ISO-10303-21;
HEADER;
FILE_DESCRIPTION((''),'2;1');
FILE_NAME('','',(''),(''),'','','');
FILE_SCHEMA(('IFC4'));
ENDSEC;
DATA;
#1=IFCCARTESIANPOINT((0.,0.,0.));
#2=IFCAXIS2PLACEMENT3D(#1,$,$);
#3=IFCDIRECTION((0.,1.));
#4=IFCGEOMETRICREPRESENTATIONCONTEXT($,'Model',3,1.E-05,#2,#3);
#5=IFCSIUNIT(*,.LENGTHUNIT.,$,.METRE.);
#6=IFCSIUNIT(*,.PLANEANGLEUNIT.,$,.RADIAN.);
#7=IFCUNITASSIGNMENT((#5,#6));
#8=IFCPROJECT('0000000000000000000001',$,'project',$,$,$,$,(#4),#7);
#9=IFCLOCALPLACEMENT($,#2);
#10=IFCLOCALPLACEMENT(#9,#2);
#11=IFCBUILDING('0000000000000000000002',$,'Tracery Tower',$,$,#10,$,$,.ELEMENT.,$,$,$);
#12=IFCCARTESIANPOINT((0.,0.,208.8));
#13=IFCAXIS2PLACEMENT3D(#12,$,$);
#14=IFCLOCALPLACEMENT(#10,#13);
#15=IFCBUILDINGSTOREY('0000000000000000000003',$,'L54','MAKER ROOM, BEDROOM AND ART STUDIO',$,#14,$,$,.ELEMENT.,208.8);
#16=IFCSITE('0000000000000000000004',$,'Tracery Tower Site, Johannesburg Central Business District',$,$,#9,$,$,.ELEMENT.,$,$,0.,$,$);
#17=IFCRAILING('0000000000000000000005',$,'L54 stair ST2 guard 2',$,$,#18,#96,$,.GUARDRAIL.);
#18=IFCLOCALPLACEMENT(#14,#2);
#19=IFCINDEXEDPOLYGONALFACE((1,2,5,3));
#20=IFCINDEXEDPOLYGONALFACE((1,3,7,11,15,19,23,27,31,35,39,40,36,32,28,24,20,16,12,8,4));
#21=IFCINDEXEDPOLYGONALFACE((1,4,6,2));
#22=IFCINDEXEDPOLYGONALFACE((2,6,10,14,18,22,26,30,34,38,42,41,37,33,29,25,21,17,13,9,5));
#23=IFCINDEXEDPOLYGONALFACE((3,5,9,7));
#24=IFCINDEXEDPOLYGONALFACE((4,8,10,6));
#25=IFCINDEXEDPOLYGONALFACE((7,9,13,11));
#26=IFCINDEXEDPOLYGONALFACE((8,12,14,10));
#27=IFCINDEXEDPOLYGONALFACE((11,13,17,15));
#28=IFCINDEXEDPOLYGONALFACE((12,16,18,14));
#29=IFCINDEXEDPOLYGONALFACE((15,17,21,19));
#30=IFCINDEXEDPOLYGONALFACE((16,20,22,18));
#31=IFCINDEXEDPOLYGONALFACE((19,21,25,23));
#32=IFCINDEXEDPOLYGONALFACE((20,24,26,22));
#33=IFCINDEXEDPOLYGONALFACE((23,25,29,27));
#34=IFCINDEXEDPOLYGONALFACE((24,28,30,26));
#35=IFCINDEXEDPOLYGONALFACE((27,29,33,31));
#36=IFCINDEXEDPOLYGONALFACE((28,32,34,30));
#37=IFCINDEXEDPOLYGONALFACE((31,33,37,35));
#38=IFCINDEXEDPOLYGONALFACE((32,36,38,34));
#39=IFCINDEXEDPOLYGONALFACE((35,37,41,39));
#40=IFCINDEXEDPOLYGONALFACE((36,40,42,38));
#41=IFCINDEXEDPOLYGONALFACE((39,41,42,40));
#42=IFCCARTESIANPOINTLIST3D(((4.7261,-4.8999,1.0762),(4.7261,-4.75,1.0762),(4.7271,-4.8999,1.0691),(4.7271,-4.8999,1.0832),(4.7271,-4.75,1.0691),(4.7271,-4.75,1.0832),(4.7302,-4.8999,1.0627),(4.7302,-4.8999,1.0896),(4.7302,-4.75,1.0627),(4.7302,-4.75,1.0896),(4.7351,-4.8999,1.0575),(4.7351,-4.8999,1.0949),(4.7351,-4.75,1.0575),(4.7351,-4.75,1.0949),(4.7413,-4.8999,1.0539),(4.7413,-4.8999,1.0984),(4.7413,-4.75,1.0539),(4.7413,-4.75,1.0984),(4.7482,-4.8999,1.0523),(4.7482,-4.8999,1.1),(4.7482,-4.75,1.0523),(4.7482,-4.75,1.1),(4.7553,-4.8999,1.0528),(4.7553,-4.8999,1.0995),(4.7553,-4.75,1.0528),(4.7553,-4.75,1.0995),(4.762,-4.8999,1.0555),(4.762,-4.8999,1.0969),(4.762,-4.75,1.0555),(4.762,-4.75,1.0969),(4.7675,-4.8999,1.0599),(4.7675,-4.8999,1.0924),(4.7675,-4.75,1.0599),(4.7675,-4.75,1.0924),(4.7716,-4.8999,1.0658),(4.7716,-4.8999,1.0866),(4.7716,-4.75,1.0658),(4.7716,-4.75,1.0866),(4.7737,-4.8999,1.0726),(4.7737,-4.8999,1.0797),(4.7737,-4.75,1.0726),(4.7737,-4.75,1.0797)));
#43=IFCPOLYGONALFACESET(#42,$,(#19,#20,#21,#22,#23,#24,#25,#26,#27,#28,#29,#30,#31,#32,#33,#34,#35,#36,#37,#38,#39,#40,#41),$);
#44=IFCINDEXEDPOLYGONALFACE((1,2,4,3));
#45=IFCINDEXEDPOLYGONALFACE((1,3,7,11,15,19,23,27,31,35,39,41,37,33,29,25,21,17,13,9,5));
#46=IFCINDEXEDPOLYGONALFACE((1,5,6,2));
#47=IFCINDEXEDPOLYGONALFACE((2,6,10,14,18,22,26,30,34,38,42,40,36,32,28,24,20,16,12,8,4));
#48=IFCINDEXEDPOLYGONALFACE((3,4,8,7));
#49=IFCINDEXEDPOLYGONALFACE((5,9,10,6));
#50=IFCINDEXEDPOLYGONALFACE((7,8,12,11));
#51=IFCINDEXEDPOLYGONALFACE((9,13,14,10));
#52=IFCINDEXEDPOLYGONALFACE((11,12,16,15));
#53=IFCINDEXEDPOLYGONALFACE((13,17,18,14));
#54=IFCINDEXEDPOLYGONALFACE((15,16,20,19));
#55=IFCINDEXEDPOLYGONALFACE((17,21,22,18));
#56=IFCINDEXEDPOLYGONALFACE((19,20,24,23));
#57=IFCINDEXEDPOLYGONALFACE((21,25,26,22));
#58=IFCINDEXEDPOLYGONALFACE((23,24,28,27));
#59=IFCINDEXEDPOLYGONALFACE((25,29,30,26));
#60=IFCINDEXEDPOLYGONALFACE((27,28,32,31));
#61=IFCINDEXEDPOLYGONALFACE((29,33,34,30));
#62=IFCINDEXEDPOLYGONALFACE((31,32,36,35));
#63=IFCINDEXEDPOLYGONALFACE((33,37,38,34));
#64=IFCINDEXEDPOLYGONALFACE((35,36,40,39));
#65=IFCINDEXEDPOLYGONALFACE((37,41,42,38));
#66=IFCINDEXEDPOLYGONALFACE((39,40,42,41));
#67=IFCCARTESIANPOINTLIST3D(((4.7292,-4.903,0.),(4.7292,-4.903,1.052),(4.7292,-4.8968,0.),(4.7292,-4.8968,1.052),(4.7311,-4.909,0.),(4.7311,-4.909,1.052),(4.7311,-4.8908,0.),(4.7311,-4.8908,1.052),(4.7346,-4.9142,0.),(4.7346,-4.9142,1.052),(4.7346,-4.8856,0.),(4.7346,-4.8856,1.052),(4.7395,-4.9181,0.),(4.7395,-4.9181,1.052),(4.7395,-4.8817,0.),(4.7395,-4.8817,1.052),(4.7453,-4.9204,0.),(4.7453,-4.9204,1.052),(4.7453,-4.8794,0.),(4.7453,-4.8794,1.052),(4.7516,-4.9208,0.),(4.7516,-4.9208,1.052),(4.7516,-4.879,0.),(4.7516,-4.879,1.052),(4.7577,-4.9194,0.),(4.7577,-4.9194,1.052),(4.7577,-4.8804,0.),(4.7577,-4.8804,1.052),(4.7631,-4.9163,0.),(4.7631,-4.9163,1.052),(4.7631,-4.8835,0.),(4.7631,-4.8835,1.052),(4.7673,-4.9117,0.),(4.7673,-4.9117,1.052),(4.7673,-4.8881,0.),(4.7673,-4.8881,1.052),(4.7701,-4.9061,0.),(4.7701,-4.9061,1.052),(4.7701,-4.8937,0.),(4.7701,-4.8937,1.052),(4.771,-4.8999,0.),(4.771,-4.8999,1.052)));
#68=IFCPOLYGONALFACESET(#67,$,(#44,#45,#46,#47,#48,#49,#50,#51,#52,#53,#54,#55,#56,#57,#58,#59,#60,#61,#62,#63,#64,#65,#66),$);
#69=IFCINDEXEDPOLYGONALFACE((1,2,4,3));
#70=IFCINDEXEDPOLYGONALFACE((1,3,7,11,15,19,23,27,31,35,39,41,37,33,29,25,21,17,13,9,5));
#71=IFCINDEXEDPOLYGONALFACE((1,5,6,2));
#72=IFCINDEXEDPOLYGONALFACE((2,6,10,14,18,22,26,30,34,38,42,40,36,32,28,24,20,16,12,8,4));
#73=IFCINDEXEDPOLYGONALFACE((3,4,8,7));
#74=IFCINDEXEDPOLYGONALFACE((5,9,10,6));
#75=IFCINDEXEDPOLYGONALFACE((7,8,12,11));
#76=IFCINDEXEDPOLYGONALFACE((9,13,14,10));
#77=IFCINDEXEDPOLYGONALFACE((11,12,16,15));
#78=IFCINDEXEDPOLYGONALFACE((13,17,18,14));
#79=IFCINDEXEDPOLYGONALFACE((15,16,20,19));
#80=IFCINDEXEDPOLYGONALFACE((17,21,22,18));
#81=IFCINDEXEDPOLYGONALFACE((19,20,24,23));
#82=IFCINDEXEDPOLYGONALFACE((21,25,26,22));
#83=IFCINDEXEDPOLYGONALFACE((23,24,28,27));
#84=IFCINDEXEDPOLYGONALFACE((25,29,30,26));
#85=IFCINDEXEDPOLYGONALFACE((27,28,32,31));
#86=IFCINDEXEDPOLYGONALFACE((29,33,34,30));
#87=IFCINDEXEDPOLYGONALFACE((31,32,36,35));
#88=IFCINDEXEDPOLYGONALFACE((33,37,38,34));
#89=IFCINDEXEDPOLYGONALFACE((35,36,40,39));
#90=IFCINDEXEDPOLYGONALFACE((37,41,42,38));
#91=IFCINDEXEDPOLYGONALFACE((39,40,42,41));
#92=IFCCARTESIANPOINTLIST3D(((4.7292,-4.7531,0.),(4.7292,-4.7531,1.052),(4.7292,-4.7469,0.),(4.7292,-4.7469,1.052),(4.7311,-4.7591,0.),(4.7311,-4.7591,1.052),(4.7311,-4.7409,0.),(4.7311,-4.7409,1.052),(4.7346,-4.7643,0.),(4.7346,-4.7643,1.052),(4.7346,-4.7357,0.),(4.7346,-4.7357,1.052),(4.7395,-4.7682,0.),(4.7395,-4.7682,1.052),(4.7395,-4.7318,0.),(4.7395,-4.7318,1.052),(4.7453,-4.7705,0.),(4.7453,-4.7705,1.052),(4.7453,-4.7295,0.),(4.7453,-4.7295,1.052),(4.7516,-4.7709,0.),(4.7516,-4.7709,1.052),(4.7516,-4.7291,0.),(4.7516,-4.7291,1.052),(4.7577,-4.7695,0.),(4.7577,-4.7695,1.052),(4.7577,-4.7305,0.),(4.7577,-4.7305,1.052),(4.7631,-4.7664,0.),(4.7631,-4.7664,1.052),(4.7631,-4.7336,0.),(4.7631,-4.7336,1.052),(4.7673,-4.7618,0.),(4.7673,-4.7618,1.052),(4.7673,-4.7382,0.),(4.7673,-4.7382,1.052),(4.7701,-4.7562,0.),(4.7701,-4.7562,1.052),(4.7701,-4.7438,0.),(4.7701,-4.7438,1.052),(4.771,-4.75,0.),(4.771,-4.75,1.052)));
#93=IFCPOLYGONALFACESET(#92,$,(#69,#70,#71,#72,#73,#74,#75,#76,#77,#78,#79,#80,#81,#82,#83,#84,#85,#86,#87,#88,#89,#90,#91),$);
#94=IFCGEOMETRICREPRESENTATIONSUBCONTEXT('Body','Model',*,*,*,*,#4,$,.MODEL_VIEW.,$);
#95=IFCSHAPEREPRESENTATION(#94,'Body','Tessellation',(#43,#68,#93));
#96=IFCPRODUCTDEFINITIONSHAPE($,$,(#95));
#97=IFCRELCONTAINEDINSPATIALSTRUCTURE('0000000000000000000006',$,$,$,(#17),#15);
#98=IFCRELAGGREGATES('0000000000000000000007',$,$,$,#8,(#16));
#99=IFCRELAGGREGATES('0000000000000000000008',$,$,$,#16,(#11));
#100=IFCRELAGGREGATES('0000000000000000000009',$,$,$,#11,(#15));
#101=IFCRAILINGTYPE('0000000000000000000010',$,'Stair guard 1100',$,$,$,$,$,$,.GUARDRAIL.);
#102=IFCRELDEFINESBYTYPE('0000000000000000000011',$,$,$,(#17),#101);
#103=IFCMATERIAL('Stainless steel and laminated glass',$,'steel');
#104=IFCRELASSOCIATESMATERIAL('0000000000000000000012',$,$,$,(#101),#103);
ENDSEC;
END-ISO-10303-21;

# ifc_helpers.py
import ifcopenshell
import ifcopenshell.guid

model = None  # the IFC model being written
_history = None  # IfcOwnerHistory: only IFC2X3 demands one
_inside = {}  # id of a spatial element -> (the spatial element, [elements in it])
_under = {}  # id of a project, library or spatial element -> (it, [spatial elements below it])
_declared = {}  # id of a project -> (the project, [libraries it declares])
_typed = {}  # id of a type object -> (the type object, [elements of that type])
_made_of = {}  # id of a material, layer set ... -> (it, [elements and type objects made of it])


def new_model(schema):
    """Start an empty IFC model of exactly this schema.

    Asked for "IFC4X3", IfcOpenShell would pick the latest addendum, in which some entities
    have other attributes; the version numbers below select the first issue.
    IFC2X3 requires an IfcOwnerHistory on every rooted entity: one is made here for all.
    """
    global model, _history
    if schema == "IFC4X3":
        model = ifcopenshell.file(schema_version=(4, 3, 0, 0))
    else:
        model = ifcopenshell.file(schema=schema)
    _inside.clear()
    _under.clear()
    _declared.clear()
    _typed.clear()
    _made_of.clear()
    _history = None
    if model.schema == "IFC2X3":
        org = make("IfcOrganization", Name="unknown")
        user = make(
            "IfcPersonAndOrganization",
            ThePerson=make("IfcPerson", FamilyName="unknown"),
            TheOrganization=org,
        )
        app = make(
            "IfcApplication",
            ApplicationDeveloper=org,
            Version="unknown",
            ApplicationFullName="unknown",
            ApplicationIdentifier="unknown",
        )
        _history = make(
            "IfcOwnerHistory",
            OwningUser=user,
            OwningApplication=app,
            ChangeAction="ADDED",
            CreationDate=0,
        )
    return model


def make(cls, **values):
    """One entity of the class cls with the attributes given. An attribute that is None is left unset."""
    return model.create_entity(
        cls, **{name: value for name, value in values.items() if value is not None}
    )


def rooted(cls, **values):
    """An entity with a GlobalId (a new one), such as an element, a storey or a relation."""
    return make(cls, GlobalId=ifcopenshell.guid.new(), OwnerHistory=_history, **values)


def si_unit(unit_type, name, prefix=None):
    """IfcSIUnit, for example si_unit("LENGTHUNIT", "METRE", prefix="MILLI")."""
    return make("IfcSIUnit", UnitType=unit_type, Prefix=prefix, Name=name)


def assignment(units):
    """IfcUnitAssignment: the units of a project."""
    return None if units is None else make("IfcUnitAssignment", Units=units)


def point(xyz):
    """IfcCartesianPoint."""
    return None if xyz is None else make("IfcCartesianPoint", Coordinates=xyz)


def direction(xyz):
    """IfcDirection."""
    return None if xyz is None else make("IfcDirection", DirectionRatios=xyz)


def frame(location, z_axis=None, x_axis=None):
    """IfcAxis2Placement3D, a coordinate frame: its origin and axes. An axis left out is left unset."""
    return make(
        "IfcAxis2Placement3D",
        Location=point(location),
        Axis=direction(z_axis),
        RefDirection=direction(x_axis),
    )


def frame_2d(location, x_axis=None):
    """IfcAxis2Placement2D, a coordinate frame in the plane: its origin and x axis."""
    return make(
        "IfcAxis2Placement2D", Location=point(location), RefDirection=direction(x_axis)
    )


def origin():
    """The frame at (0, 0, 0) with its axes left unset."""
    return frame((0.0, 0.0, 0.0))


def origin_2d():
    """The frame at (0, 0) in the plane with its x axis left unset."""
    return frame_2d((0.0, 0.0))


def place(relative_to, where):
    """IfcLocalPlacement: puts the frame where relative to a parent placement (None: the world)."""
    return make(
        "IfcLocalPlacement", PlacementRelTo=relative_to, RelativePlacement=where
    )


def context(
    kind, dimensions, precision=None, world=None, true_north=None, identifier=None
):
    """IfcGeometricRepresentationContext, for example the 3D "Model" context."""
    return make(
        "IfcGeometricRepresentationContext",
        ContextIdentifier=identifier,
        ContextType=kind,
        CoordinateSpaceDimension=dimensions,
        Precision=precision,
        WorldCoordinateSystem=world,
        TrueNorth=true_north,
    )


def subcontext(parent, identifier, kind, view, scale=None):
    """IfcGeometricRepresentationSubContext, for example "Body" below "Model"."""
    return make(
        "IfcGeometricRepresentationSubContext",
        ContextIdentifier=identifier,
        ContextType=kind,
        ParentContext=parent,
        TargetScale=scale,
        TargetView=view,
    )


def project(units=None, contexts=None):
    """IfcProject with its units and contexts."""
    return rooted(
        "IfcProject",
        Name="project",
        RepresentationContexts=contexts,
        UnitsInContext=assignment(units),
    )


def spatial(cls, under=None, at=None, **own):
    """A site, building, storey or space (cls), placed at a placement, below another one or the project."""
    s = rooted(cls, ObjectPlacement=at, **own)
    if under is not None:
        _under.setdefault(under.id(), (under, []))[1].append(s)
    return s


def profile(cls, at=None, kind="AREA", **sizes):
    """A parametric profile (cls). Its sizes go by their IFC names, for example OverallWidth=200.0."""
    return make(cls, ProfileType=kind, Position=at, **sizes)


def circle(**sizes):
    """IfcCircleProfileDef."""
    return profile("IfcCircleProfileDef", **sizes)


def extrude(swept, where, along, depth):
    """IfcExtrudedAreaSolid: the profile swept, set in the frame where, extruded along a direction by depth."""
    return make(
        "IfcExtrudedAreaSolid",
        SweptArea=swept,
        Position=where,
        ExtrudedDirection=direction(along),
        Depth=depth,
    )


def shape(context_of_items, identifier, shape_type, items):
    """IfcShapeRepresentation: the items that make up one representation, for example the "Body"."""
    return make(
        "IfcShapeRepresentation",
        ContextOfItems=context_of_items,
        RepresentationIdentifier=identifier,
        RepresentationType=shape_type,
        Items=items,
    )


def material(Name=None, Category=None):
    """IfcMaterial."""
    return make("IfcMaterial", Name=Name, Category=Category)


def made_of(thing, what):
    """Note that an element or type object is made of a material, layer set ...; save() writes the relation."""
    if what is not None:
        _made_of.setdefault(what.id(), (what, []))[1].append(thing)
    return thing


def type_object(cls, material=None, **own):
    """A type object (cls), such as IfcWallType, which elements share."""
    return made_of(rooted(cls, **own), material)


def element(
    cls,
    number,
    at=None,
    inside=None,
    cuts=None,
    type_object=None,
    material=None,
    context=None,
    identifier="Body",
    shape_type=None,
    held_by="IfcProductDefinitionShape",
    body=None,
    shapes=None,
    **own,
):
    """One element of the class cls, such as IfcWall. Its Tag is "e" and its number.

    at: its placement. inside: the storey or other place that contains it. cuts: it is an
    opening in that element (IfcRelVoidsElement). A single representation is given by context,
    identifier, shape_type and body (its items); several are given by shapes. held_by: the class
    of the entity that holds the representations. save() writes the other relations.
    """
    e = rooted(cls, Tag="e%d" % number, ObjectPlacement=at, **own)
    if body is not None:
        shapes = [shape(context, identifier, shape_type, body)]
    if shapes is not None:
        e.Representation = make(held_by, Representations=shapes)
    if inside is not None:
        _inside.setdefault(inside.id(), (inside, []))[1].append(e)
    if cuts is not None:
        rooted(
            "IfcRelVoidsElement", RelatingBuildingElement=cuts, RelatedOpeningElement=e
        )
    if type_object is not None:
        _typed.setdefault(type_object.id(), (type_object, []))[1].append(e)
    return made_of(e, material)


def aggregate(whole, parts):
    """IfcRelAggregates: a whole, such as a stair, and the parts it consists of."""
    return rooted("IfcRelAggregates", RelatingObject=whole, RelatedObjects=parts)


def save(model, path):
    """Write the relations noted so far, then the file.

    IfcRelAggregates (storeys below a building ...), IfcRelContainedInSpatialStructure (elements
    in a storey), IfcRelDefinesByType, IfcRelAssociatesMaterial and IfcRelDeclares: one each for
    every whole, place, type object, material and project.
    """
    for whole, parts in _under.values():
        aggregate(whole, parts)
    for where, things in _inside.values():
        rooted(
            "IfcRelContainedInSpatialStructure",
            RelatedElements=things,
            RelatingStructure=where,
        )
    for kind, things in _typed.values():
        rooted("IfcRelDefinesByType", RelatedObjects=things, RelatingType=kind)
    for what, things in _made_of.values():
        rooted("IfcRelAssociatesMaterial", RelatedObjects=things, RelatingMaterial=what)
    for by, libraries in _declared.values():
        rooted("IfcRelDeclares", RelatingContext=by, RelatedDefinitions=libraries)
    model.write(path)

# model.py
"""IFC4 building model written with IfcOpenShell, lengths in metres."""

from ifc_helpers import new_model, si_unit, direction, frame, origin, origin_2d, place, context, subcontext, project, spatial, circle, extrude, material, type_object, element, save


model = new_model("IFC4")

# Units and contexts
model_context = context("Model", 3, precision=1e-05, world=origin(), true_north=direction((0.0, 1.0)))
body_context = subcontext(model_context, "Body", "Model", "MODEL_VIEW")
ifc_project = project(units=[si_unit("LENGTHUNIT", "METRE"), si_unit("PLANEANGLEUNIT", "RADIAN")], contexts=[model_context])

# Site, building, storey
site_placement = place(None, origin())
site = spatial("IfcSite", under=ifc_project, at=site_placement, Name="Tracery Tower Site, Johannesburg Central Business District", CompositionType="ELEMENT", RefElevation=0.0)
building_placement = place(site_placement, origin())
building = spatial("IfcBuilding", under=site, at=building_placement, Name="Tracery Tower", CompositionType="ELEMENT")
storey_placement = place(building_placement, frame((0.0, 0.0, 208.8)))
storey = spatial("IfcBuildingStorey", under=building, at=storey_placement, Name="L54", Description="MAKER ROOM, BEDROOM AND ART STUDIO", CompositionType="ELEMENT", Elevation=208.8)

# Railing
ifc_material_1 = material(Name="Stainless steel and laminated glass", Category="steel")
railing_type_1 = type_object("IfcRailingType", Name="Stair guard 1100", PredefinedType="GUARDRAIL", material=ifc_material_1)
railing_1_placement = place(storey_placement, frame((4.75, -4.8999, 0.0)))
element("IfcRailing", 1, at=railing_1_placement, inside=storey, type_object=railing_type_1, Name="L54 stair ST2 guard 2", PredefinedType="GUARDRAIL", context=body_context, shape_type="SweptSolid", body=[
    extrude(circle(Radius=0.0239, at=origin_2d()), frame((0.0, 0.0, 1.0762), z_axis=(0.0, 1.0, 0.0), x_axis=(-1.0, 0.0, 0.0)), (0.0, 0.0, 1.0), 0.1499),
    extrude(circle(Radius=0.021, at=origin_2d()), origin(), (0.0, 0.0, 1.0), 1.052),
    extrude(circle(Radius=0.021, at=origin_2d()), frame((0.0, 0.1499, 0.0)), (0.0, 0.0, 1.0), 1.052),
])

save(model, "model.ifc")
